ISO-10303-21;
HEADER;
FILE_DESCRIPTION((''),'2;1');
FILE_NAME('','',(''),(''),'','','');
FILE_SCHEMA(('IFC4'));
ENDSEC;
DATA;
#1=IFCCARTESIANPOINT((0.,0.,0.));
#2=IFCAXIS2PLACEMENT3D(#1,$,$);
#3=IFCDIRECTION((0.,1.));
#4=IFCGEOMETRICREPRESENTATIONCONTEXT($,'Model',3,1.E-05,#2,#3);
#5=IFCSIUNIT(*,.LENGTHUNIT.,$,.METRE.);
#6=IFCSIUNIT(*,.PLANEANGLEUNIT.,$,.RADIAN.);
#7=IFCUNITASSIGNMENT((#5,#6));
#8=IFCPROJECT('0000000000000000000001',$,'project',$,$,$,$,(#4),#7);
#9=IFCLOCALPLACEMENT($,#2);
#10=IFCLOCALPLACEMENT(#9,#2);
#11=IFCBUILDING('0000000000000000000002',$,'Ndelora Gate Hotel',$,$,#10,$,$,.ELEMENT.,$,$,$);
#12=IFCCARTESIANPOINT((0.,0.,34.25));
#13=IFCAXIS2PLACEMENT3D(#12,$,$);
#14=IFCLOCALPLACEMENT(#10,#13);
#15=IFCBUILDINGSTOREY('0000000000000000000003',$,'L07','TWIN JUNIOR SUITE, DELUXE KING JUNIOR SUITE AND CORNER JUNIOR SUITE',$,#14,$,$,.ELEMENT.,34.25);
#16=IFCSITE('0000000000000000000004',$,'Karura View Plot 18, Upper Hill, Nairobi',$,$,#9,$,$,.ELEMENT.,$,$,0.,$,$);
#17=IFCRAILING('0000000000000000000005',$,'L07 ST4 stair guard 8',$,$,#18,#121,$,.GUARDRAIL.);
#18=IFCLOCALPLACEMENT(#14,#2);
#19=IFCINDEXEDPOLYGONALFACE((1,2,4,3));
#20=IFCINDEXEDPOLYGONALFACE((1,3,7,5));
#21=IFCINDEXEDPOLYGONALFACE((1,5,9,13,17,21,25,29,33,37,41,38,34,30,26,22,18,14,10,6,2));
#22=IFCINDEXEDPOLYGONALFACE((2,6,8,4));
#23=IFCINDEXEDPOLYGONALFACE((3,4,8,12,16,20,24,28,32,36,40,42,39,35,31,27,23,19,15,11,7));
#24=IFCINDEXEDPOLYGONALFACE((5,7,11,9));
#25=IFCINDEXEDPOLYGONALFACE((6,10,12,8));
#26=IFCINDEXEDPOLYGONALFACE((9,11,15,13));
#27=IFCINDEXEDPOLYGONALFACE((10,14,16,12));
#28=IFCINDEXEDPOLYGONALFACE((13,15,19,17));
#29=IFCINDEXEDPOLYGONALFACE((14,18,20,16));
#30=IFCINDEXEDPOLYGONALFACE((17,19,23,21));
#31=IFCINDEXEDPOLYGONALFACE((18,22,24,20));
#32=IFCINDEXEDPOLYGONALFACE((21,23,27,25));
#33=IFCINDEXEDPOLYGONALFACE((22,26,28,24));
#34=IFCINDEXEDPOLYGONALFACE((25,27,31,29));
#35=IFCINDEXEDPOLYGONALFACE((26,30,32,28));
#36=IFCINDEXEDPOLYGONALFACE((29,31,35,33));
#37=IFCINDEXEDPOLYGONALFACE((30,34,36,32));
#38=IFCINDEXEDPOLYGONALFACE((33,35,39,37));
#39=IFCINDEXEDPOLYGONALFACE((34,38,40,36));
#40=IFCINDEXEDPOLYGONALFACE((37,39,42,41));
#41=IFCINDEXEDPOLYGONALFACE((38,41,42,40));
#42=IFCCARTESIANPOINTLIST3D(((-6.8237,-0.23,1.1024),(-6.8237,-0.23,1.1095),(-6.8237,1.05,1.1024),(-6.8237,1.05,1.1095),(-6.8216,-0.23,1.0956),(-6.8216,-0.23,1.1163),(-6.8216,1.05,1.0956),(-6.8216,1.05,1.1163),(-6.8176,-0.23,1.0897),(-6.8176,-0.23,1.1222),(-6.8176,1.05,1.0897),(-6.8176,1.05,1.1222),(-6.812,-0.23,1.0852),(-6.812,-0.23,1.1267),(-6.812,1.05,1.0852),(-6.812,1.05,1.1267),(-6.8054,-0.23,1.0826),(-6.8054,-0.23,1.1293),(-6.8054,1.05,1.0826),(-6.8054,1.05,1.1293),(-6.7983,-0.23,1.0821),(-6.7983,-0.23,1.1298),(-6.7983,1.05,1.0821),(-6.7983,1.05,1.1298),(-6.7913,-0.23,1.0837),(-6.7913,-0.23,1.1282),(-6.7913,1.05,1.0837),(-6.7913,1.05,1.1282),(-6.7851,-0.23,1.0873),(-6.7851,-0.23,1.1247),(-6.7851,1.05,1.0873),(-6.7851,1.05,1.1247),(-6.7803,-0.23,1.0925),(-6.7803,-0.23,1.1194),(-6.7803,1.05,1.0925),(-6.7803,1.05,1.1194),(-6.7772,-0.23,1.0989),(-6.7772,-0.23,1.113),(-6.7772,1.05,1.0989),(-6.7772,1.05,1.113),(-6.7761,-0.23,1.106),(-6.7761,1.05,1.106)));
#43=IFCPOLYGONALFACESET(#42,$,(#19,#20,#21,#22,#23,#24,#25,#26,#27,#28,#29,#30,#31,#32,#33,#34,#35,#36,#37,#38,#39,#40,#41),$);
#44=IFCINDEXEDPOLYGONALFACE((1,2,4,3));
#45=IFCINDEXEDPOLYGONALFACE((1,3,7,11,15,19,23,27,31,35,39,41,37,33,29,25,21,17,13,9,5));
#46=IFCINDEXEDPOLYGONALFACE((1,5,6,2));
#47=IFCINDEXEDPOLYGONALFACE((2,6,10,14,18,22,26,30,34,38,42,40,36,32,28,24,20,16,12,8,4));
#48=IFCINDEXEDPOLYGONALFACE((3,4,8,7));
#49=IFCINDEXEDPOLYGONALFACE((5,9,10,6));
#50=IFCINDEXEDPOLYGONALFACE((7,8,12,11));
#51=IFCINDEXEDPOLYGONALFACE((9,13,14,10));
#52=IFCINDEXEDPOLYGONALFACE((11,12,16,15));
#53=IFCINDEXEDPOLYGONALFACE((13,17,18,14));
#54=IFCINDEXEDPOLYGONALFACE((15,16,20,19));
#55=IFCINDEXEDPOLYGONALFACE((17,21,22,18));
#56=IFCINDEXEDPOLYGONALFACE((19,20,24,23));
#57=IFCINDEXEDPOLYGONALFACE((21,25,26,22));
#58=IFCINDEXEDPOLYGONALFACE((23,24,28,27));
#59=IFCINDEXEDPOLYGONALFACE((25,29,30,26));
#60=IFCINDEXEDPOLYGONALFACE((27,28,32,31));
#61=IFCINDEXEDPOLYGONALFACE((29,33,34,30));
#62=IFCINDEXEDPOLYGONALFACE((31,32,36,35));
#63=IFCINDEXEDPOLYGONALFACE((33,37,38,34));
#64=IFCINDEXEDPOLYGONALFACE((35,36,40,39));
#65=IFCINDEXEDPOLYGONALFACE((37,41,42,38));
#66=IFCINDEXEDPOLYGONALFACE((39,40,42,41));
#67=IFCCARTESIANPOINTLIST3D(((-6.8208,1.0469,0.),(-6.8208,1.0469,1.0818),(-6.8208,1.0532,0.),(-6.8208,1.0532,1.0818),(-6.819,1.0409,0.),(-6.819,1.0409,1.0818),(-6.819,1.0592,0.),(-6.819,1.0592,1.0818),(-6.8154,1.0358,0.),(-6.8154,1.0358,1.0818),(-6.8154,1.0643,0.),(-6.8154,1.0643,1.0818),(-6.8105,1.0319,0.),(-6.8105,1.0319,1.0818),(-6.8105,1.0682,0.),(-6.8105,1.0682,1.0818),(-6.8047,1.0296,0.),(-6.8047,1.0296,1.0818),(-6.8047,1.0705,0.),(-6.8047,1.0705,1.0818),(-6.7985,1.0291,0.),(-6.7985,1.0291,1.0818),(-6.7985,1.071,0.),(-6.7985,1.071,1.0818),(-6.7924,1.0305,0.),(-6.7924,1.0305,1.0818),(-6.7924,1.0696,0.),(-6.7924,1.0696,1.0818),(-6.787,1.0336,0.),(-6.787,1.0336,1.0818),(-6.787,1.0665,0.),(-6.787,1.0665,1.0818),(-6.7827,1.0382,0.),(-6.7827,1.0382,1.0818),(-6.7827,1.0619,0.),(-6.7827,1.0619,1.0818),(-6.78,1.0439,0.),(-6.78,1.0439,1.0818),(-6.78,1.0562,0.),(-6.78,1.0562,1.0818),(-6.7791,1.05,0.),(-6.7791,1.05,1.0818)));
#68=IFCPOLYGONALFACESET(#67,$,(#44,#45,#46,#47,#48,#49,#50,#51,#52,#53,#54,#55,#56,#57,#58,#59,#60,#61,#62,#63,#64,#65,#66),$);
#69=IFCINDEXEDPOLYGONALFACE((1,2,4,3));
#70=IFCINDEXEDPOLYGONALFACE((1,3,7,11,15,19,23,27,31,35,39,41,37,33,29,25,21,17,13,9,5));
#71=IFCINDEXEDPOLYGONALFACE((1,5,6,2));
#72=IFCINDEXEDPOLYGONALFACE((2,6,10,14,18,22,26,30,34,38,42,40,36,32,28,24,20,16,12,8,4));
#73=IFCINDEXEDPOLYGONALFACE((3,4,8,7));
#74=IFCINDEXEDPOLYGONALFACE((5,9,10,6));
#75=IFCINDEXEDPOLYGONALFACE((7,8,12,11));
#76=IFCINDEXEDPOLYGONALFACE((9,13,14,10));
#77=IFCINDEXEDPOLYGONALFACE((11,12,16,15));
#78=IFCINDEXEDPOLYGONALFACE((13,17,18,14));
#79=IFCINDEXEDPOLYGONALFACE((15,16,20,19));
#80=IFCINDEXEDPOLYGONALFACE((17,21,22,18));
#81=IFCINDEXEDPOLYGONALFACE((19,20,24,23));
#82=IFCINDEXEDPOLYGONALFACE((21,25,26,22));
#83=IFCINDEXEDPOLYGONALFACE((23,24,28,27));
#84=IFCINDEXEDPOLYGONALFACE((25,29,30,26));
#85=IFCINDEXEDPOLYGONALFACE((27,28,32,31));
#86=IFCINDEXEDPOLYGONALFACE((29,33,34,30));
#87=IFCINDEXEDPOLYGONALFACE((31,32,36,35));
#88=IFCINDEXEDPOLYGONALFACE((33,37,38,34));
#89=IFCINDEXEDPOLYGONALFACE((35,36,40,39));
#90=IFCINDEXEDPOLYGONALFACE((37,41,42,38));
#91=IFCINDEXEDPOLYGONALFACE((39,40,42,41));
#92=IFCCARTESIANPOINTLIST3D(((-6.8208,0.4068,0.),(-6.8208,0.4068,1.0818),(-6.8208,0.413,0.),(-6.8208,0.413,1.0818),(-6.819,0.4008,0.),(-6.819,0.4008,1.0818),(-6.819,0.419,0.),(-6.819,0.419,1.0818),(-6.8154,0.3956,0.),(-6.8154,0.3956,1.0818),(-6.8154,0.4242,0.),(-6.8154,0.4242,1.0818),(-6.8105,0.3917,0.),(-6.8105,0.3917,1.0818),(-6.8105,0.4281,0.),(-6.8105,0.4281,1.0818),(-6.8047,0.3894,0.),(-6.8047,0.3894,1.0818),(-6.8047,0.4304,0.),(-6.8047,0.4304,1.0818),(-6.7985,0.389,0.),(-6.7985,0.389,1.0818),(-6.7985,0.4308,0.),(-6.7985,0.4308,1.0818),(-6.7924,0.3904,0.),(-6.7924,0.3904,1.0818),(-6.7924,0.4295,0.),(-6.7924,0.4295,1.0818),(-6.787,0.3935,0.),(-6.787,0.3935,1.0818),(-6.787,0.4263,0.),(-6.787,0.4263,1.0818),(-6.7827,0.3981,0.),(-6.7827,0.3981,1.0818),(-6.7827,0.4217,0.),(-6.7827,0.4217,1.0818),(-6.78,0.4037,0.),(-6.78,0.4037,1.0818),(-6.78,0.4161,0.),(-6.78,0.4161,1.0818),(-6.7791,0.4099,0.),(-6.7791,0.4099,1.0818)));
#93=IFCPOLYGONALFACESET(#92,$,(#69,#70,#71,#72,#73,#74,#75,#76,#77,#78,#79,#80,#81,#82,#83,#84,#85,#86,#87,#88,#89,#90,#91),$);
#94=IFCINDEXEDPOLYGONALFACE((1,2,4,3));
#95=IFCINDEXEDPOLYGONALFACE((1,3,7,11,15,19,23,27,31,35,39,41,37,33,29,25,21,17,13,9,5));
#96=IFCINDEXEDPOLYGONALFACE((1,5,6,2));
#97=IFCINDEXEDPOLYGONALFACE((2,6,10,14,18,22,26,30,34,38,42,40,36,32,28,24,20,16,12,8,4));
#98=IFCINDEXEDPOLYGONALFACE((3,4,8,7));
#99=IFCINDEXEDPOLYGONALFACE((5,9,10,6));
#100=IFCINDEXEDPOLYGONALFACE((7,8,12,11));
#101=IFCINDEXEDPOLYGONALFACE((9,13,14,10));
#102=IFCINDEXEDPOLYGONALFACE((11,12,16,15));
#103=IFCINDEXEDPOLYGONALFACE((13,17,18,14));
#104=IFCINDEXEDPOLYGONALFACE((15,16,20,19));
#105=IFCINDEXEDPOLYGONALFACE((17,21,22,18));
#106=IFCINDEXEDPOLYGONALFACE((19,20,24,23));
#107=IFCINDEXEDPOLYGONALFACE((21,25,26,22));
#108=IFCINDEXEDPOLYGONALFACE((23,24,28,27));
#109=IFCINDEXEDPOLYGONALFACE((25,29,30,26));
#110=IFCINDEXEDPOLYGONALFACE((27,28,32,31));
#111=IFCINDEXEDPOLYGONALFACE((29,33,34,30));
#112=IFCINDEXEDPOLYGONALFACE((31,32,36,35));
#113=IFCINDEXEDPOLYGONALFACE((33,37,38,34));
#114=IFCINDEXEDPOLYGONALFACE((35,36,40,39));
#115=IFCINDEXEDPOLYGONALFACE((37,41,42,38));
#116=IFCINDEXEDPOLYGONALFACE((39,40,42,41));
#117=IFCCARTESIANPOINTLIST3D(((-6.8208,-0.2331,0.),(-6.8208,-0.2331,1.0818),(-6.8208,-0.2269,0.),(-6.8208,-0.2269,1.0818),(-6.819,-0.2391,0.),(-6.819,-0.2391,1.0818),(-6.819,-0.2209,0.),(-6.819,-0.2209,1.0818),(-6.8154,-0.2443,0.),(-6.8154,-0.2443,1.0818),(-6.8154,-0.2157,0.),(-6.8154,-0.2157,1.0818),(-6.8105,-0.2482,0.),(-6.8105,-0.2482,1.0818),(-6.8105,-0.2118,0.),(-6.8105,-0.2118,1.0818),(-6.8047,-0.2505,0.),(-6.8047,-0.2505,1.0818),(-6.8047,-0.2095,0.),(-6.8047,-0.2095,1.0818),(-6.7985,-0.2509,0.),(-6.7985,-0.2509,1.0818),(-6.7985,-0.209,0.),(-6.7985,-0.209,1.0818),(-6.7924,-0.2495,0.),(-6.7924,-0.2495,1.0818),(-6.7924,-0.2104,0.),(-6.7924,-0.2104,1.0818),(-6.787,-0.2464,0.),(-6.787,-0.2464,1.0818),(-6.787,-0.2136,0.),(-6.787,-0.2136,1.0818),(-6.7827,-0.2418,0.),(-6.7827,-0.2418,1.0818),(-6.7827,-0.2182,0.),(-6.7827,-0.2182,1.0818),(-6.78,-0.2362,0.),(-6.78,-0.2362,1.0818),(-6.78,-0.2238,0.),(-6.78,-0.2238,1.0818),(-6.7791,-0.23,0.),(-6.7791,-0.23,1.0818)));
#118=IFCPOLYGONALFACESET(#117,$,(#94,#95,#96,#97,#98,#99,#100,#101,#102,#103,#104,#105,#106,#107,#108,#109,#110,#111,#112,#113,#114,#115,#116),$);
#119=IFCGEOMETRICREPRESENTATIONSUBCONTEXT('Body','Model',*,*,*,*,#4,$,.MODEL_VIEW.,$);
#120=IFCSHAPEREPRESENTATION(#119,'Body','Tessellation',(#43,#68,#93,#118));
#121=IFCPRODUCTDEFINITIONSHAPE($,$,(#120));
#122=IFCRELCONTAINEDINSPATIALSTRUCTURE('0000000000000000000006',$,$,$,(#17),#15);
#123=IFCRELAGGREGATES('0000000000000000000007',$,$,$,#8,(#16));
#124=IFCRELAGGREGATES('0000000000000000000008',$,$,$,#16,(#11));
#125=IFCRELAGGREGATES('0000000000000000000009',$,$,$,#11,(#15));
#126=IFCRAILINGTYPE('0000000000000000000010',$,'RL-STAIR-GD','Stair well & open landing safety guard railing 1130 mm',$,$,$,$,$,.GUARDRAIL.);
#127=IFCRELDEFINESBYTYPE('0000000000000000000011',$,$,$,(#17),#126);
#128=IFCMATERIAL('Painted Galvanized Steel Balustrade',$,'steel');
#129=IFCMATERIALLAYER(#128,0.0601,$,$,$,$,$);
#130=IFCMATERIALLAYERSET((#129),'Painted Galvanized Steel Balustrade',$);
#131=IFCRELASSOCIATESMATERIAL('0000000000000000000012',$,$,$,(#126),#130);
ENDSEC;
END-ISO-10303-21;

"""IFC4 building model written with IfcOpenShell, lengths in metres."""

from ifc_helpers import new_model, si_unit, direction, frame, origin, origin_2d, place, context, subcontext, project, spatial, circle, extrude, material, layer, layer_set, type_object, element, save


model = new_model("IFC4")

# Units and contexts
model_context = context("Model", 3, precision=1e-05, world=origin(), true_north=direction((0.0, 1.0)))
body_context = subcontext(model_context, "Body", "Model", "MODEL_VIEW")
ifc_project = project(units=[si_unit("LENGTHUNIT", "METRE"), si_unit("PLANEANGLEUNIT", "RADIAN")], contexts=[model_context])

# Site, building, storey
site_placement = place(None, origin())
site = spatial("IfcSite", under=ifc_project, at=site_placement, Name="Karura View Plot 18, Upper Hill, Nairobi", CompositionType="ELEMENT", RefElevation=0.0)
building_placement = place(site_placement, origin())
building = spatial("IfcBuilding", under=site, at=building_placement, Name="Ndelora Gate Hotel", CompositionType="ELEMENT")
storey_placement = place(building_placement, frame((0.0, 0.0, 34.25)))
storey = spatial("IfcBuildingStorey", under=building, at=storey_placement, Name="L07", Description="TWIN JUNIOR SUITE, DELUXE KING JUNIOR SUITE AND CORNER JUNIOR SUITE", CompositionType="ELEMENT", Elevation=34.25)

# Railing
ifc_material_1 = material(Name="Painted Galvanized Steel Balustrade", Category="steel")
ifc_layer_1 = layer(ifc_material_1, 0.0601)
ifc_layer_set_1 = layer_set([ifc_layer_1], Name="Painted Galvanized Steel Balustrade")
railing_type = type_object("IfcRailingType", Name="RL-STAIR-GD", Description="Stair well & open landing safety guard railing 1130 mm", PredefinedType="GUARDRAIL", material=ifc_layer_set_1)
for number, where, name in (
    (1, (-6.8, 1.05, 0.0), "L07 ST4 stair guard 8"),
):
    element("IfcRailing", number, at=place(storey_placement, frame(where)), inside=storey, type_object=railing_type, Name=name, PredefinedType="GUARDRAIL", context=body_context, shape_type="SweptSolid", body=[
        extrude(circle(Radius=0.0239, at=origin_2d()), frame((0.0, 0.0, 1.106), z_axis=(0.0, -1.0, 0.0), x_axis=(1.0, 0.0, 0.0)), (0.0, 0.0, 1.0), 1.28),
        extrude(circle(Radius=0.021, at=origin_2d()), origin(), (0.0, 0.0, 1.0), 1.0818),
        extrude(circle(Radius=0.021, at=origin_2d()), frame((0.0, -0.6401, 0.0)), (0.0, 0.0, 1.0), 1.0818),
        extrude(circle(Radius=0.021, at=origin_2d()), frame((0.0, -1.28, 0.0)), (0.0, 0.0, 1.0), 1.0818),
    ])

save(model, "model.ifc")
